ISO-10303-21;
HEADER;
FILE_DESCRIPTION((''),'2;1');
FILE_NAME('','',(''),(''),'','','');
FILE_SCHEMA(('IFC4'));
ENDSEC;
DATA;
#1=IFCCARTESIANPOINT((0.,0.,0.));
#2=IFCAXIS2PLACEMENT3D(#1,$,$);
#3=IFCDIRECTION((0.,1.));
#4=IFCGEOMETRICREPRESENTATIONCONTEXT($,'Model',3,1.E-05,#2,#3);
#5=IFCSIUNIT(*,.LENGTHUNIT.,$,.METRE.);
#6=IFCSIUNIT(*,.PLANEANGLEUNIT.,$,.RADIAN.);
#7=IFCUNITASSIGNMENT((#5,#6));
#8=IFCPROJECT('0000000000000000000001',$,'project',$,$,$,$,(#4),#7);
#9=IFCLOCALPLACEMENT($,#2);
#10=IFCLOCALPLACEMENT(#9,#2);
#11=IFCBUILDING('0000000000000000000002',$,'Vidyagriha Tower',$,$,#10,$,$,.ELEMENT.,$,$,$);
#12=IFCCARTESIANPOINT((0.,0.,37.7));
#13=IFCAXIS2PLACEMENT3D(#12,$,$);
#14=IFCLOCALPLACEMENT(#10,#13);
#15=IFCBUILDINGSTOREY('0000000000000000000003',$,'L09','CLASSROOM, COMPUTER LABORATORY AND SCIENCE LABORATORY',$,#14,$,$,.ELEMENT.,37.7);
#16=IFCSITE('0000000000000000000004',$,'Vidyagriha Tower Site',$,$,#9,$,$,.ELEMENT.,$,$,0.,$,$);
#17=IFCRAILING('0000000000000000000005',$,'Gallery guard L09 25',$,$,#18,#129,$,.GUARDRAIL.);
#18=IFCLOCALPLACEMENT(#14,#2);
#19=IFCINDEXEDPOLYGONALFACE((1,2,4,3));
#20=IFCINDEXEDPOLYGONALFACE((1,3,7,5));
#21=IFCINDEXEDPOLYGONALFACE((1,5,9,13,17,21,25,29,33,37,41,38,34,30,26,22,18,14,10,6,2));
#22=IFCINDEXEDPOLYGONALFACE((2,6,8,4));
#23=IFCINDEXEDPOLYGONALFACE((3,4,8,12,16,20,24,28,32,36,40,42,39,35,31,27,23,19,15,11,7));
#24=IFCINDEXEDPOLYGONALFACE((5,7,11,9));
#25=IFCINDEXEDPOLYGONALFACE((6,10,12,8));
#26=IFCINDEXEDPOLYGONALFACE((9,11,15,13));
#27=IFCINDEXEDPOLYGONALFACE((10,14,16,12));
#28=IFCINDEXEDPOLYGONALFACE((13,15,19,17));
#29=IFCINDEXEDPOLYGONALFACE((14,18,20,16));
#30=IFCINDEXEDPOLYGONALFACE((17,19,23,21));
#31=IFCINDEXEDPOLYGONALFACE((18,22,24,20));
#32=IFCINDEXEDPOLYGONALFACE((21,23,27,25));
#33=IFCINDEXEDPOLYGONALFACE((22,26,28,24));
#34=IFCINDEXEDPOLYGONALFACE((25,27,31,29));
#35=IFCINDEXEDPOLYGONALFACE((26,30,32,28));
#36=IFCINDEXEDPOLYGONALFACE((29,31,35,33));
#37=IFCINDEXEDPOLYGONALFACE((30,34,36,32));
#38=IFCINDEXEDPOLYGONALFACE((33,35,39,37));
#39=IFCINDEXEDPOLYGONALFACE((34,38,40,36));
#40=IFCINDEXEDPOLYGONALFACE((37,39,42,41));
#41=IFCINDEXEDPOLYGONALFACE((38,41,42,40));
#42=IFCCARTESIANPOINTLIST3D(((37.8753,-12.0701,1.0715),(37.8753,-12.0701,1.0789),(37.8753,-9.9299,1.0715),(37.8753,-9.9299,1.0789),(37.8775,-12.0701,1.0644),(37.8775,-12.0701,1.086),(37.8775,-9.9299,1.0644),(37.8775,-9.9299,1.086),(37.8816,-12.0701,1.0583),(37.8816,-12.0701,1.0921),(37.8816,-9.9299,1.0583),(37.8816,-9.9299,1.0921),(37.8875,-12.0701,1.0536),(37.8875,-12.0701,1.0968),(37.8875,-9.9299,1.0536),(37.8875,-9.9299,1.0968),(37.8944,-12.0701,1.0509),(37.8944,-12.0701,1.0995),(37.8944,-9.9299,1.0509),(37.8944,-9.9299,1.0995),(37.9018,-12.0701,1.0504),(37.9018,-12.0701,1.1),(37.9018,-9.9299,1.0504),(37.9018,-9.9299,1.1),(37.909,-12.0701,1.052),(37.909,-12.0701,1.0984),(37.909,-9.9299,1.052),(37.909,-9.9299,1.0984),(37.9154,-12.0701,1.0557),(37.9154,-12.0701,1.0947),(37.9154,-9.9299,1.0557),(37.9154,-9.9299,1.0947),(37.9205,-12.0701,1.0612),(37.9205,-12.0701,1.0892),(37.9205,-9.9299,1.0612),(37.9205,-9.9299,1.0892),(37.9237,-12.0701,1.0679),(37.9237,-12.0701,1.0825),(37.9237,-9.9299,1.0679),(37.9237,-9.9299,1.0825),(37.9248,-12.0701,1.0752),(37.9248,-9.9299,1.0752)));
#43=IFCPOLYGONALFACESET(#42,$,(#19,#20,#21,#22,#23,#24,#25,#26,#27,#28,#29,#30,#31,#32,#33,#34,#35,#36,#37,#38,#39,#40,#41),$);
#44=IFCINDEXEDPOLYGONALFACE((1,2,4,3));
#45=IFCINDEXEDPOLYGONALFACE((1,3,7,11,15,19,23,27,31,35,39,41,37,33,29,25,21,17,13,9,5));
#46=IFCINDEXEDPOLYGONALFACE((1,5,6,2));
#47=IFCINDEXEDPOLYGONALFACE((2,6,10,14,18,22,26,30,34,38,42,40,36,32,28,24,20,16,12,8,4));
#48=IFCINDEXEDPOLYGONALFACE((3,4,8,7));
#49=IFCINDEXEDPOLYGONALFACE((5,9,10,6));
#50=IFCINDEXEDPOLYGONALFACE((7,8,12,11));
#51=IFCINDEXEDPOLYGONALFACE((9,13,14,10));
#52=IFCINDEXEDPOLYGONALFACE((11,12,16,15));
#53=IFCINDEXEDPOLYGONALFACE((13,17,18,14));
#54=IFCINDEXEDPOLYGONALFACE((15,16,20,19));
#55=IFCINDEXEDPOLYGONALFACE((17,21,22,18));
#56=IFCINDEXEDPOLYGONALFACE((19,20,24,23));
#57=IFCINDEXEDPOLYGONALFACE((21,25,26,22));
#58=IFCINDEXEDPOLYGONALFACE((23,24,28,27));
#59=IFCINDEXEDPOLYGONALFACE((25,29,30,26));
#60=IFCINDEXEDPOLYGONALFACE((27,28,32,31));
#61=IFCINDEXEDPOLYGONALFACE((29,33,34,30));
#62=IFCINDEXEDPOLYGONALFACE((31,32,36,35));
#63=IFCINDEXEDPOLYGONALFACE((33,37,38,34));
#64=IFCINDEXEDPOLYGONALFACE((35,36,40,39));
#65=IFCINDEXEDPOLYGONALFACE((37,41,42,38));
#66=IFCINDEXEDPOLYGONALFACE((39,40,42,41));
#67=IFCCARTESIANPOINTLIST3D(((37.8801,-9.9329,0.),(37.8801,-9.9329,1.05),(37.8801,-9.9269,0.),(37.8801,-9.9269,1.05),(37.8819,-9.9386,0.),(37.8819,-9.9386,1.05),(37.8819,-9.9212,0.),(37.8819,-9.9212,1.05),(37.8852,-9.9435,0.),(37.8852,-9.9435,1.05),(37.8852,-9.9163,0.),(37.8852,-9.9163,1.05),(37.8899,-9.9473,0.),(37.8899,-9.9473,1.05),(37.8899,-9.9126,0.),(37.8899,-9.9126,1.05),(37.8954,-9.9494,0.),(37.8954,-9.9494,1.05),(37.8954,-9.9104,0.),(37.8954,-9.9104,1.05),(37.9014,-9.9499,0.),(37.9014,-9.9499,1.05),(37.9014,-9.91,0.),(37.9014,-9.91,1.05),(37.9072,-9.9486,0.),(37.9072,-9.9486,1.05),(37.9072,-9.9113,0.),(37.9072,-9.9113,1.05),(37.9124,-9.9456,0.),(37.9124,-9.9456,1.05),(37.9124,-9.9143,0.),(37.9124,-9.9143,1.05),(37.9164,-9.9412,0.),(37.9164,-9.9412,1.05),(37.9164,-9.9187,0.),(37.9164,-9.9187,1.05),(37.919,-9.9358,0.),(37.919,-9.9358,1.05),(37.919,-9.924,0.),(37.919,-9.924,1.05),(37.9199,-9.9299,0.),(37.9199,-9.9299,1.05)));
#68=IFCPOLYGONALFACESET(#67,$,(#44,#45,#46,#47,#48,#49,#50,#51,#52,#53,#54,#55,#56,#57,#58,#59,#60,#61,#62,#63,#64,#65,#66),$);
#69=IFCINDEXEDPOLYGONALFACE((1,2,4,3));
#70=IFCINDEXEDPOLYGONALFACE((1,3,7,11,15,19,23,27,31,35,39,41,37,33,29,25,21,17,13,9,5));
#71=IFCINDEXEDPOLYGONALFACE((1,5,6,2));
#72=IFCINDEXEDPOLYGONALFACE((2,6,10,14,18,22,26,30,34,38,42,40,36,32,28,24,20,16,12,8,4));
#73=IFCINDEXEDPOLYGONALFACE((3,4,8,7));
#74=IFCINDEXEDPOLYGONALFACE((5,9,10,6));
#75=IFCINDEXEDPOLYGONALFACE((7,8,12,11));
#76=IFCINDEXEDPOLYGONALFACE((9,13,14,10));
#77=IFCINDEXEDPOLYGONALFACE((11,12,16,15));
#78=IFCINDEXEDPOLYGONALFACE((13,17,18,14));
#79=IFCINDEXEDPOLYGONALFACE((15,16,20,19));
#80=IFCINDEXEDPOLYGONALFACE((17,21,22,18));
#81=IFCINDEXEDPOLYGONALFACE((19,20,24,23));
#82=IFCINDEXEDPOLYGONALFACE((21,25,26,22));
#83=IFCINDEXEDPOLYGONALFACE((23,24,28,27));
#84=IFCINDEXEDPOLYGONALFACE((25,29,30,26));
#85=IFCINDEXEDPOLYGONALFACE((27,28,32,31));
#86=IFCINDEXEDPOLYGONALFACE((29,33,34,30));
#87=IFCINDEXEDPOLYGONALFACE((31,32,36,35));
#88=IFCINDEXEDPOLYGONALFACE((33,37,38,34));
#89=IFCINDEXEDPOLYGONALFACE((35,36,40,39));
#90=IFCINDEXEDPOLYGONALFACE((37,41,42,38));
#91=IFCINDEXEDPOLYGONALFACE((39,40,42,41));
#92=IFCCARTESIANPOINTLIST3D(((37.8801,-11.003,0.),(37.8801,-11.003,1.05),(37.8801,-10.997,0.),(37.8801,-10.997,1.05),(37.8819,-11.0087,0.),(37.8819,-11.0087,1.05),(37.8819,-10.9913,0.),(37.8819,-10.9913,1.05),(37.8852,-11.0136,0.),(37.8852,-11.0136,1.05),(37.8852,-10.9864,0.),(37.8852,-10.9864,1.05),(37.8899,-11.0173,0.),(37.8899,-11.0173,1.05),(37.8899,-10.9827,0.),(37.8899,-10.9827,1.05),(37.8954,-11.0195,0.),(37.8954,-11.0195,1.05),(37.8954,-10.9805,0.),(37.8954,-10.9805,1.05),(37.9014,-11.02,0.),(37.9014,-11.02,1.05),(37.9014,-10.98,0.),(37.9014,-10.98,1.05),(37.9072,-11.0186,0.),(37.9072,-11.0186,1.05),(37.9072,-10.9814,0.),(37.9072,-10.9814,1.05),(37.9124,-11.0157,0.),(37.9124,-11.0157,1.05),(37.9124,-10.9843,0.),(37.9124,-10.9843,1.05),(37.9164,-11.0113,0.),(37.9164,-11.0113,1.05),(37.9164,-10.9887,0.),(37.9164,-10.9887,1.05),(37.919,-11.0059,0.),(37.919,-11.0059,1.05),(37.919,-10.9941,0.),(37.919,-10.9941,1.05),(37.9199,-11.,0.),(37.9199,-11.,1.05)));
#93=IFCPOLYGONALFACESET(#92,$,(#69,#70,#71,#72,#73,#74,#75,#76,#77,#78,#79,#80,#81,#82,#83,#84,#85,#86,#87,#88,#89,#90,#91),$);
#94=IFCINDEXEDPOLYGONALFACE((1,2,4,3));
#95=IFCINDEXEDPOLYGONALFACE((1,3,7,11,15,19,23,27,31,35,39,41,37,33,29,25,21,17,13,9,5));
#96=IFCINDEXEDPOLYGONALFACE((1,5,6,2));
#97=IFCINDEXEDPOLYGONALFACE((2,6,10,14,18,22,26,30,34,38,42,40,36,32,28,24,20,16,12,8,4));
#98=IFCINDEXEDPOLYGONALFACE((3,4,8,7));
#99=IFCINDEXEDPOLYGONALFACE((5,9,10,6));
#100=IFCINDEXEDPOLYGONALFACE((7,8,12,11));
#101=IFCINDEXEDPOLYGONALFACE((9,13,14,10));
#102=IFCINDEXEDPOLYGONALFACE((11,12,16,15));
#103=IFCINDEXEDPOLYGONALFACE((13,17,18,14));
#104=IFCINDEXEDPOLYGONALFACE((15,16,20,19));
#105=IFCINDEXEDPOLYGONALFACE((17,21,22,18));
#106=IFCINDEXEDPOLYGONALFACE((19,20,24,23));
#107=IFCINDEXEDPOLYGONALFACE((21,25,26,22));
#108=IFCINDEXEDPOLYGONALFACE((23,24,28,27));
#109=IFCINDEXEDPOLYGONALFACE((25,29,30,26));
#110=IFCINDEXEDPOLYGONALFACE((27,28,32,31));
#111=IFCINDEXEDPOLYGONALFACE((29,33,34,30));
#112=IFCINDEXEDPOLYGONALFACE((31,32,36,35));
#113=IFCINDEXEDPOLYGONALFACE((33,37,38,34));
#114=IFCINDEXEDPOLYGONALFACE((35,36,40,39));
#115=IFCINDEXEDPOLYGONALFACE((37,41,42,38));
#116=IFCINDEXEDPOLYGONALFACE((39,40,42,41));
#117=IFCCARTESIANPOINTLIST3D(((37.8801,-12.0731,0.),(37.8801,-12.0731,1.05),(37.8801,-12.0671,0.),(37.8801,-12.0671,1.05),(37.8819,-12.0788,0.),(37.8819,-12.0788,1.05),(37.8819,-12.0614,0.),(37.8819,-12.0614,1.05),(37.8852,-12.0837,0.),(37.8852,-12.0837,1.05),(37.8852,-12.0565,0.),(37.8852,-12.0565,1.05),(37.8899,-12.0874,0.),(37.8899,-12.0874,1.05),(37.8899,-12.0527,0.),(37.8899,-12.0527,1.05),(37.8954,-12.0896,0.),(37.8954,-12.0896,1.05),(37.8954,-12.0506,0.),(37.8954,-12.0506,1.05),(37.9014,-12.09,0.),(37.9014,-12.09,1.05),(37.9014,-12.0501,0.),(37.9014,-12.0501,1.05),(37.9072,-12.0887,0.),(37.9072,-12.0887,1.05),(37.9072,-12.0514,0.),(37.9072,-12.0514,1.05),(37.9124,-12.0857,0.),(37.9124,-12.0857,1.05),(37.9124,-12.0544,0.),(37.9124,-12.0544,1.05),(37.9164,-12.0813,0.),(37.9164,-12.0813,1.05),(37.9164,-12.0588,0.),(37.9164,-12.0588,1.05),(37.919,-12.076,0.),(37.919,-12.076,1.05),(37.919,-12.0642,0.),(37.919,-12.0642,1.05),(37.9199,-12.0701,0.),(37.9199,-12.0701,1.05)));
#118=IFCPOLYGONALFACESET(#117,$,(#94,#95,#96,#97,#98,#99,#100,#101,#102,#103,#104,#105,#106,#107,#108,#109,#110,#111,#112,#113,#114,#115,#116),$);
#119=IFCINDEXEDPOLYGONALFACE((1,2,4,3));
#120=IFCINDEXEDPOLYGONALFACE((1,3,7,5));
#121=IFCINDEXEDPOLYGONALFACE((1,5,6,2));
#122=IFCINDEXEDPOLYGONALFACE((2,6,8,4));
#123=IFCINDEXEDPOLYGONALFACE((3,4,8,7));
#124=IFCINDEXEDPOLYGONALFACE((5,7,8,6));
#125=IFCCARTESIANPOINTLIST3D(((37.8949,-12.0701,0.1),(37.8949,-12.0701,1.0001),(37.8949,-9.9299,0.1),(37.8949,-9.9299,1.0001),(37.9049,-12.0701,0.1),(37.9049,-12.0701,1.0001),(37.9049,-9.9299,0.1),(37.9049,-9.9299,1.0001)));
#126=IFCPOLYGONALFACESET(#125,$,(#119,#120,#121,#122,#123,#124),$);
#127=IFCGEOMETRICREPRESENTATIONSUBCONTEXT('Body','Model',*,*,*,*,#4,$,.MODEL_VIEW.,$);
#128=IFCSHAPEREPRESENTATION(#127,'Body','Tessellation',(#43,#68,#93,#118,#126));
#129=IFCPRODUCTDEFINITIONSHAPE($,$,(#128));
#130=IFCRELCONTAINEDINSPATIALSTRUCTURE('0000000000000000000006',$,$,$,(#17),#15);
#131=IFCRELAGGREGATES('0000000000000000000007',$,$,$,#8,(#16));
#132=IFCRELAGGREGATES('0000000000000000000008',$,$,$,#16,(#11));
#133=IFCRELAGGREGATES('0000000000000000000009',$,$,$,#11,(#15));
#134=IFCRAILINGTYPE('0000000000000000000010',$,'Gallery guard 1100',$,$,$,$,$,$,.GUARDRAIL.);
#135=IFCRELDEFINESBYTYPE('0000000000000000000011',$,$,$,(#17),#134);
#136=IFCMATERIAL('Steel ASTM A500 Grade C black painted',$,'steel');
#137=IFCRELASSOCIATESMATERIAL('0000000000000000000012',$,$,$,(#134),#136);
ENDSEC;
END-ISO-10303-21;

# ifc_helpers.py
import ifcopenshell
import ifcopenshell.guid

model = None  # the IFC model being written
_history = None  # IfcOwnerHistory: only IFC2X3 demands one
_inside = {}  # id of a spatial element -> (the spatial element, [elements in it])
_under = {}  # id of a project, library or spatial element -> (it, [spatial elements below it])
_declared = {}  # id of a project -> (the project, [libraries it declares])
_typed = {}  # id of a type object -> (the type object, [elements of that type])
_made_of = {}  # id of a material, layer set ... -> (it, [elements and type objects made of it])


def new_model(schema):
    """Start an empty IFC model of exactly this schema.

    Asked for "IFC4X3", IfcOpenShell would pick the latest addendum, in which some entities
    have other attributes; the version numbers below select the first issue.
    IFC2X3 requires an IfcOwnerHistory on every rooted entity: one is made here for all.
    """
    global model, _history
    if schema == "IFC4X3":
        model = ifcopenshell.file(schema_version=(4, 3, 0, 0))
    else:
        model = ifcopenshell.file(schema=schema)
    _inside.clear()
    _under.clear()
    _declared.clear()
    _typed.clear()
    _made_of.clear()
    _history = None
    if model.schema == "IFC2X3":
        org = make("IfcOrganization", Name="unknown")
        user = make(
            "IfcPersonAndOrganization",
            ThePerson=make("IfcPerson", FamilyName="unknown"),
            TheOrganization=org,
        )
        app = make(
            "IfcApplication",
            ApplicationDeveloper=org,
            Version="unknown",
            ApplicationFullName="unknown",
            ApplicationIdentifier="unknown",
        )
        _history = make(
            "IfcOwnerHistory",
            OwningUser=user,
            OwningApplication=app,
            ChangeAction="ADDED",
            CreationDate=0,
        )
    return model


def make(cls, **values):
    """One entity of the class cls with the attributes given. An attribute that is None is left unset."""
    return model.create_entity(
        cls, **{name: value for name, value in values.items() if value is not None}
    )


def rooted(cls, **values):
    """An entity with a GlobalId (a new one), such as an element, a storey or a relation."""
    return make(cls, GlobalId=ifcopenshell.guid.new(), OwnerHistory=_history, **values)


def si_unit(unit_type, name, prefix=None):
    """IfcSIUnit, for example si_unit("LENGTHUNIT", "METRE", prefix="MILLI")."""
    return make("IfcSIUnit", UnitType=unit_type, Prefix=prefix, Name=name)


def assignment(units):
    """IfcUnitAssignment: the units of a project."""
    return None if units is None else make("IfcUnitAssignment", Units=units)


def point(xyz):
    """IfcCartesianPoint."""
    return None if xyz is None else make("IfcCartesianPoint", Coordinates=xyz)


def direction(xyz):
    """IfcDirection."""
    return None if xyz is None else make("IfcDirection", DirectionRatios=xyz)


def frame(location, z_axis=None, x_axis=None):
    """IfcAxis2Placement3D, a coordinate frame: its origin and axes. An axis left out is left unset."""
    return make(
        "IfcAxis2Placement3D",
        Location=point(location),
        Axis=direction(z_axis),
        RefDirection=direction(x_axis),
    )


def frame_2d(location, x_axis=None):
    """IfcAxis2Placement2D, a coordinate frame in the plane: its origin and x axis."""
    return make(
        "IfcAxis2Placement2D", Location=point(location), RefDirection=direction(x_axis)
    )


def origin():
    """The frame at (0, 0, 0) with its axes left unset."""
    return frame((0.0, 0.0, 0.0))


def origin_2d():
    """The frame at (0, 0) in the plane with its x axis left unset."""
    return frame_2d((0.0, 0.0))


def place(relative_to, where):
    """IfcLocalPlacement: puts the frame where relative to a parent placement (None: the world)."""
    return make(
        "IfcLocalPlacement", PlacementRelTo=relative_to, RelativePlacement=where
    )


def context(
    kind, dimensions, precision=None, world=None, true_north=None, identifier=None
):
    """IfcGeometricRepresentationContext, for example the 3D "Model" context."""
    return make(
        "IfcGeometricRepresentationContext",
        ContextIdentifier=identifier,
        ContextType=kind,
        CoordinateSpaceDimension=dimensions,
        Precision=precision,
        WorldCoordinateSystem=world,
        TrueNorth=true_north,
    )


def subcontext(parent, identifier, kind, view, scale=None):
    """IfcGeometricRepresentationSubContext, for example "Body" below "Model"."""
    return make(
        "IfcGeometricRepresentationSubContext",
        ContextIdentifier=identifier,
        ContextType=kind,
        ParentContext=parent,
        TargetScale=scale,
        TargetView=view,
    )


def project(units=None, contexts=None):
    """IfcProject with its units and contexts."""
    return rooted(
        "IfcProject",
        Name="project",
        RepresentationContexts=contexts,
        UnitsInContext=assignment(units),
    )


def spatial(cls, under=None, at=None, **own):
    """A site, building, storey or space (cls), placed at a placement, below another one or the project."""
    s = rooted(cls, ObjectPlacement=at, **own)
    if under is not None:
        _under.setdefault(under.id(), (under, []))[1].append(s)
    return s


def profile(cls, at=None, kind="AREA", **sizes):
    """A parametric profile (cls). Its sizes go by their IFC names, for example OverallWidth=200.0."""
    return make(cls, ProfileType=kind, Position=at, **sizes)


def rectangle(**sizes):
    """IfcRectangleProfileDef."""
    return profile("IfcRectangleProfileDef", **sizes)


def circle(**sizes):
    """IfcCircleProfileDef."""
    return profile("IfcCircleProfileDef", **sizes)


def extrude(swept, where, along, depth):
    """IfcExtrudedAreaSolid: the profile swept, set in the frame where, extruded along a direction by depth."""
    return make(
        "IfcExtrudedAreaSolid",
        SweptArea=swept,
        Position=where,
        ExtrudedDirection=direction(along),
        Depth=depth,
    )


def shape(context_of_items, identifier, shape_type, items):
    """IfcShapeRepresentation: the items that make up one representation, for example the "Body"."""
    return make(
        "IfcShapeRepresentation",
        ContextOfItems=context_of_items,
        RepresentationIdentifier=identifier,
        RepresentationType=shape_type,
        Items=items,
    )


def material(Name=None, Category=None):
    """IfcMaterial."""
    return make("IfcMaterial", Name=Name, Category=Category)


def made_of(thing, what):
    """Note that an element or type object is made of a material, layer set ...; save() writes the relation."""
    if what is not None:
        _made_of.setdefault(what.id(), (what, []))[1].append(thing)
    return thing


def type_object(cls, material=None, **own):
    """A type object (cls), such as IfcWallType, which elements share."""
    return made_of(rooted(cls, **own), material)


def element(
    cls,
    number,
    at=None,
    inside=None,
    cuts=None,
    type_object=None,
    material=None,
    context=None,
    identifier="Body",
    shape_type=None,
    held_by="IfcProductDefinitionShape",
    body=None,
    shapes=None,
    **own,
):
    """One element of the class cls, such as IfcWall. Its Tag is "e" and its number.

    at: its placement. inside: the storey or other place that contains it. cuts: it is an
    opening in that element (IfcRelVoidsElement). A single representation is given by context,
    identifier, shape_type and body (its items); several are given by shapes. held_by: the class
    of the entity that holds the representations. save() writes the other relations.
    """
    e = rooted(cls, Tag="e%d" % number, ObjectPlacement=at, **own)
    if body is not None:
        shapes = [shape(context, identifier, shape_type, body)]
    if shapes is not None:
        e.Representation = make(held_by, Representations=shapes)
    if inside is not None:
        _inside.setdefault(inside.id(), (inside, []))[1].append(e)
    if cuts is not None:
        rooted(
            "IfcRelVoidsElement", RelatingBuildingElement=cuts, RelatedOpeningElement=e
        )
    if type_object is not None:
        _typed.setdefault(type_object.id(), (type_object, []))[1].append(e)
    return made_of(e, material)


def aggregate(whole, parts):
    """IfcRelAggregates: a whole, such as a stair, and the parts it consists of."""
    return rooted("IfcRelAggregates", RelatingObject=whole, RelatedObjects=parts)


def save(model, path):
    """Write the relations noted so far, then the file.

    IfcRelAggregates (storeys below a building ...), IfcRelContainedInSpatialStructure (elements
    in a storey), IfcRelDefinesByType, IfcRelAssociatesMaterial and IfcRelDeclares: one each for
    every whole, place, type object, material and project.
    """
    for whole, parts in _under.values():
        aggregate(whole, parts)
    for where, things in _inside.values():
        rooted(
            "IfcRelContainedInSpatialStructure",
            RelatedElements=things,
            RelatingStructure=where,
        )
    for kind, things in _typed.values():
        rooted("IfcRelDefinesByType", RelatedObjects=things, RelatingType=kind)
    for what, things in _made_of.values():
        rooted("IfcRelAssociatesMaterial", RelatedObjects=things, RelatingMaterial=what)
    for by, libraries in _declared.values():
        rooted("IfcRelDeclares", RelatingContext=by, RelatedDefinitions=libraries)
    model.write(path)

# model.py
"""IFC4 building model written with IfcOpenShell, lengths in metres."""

from ifc_helpers import new_model, si_unit, direction, frame, origin, origin_2d, place, context, subcontext, project, spatial, rectangle, circle, extrude, material, type_object, element, save


model = new_model("IFC4")

# Units and contexts
model_context = context("Model", 3, precision=1e-05, world=origin(), true_north=direction((0.0, 1.0)))
body_context = subcontext(model_context, "Body", "Model", "MODEL_VIEW")
ifc_project = project(units=[si_unit("LENGTHUNIT", "METRE"), si_unit("PLANEANGLEUNIT", "RADIAN")], contexts=[model_context])

# Site, building, storey
site_placement = place(None, origin())
site = spatial("IfcSite", under=ifc_project, at=site_placement, Name="Vidyagriha Tower Site", CompositionType="ELEMENT", RefElevation=0.0)
building_placement = place(site_placement, origin())
building = spatial("IfcBuilding", under=site, at=building_placement, Name="Vidyagriha Tower", CompositionType="ELEMENT")
storey_placement = place(building_placement, frame((0.0, 0.0, 37.7)))
storey = spatial("IfcBuildingStorey", under=building, at=storey_placement, Name="L09", Description="CLASSROOM, COMPUTER LABORATORY AND SCIENCE LABORATORY", CompositionType="ELEMENT", Elevation=37.7)

# Railing
ifc_material_1 = material(Name="Steel ASTM A500 Grade C black painted", Category="steel")
railing_type = type_object("IfcRailingType", Name="Gallery guard 1100", PredefinedType="GUARDRAIL", material=ifc_material_1)
railing_1_placement = place(storey_placement, frame((37.8999, -9.9299, 0.0)))
element("IfcRailing", 1, at=railing_1_placement, inside=storey, type_object=railing_type, Name="Gallery guard L09 25", PredefinedType="GUARDRAIL", context=body_context, shape_type="SweptSolid", body=[
    extrude(circle(Radius=0.0249, at=origin_2d()), frame((0.0, 0.0, 1.0752), z_axis=(0.0, -1.0, 0.0), x_axis=(1.0, 0.0, 0.0)), (0.0, 0.0, 1.0), 2.1401),
    extrude(circle(Radius=0.02, at=origin_2d()), origin(), (0.0, 0.0, 1.0), 1.05),
    extrude(circle(Radius=0.02, at=origin_2d()), frame((0.0, -1.0701, 0.0)), (0.0, 0.0, 1.0), 1.05),
    extrude(circle(Radius=0.02, at=origin_2d()), frame((0.0, -2.1401, 0.0)), (0.0, 0.0, 1.0), 1.05),
    extrude(rectangle(XDim=0.01, YDim=0.9001, at=origin_2d()), frame((0.0, 0.0, 0.55), z_axis=(0.0, -1.0, 0.0), x_axis=(1.0, 0.0, 0.0)), (0.0, 0.0, 1.0), 2.1401),
])

save(model, "model.ifc")
